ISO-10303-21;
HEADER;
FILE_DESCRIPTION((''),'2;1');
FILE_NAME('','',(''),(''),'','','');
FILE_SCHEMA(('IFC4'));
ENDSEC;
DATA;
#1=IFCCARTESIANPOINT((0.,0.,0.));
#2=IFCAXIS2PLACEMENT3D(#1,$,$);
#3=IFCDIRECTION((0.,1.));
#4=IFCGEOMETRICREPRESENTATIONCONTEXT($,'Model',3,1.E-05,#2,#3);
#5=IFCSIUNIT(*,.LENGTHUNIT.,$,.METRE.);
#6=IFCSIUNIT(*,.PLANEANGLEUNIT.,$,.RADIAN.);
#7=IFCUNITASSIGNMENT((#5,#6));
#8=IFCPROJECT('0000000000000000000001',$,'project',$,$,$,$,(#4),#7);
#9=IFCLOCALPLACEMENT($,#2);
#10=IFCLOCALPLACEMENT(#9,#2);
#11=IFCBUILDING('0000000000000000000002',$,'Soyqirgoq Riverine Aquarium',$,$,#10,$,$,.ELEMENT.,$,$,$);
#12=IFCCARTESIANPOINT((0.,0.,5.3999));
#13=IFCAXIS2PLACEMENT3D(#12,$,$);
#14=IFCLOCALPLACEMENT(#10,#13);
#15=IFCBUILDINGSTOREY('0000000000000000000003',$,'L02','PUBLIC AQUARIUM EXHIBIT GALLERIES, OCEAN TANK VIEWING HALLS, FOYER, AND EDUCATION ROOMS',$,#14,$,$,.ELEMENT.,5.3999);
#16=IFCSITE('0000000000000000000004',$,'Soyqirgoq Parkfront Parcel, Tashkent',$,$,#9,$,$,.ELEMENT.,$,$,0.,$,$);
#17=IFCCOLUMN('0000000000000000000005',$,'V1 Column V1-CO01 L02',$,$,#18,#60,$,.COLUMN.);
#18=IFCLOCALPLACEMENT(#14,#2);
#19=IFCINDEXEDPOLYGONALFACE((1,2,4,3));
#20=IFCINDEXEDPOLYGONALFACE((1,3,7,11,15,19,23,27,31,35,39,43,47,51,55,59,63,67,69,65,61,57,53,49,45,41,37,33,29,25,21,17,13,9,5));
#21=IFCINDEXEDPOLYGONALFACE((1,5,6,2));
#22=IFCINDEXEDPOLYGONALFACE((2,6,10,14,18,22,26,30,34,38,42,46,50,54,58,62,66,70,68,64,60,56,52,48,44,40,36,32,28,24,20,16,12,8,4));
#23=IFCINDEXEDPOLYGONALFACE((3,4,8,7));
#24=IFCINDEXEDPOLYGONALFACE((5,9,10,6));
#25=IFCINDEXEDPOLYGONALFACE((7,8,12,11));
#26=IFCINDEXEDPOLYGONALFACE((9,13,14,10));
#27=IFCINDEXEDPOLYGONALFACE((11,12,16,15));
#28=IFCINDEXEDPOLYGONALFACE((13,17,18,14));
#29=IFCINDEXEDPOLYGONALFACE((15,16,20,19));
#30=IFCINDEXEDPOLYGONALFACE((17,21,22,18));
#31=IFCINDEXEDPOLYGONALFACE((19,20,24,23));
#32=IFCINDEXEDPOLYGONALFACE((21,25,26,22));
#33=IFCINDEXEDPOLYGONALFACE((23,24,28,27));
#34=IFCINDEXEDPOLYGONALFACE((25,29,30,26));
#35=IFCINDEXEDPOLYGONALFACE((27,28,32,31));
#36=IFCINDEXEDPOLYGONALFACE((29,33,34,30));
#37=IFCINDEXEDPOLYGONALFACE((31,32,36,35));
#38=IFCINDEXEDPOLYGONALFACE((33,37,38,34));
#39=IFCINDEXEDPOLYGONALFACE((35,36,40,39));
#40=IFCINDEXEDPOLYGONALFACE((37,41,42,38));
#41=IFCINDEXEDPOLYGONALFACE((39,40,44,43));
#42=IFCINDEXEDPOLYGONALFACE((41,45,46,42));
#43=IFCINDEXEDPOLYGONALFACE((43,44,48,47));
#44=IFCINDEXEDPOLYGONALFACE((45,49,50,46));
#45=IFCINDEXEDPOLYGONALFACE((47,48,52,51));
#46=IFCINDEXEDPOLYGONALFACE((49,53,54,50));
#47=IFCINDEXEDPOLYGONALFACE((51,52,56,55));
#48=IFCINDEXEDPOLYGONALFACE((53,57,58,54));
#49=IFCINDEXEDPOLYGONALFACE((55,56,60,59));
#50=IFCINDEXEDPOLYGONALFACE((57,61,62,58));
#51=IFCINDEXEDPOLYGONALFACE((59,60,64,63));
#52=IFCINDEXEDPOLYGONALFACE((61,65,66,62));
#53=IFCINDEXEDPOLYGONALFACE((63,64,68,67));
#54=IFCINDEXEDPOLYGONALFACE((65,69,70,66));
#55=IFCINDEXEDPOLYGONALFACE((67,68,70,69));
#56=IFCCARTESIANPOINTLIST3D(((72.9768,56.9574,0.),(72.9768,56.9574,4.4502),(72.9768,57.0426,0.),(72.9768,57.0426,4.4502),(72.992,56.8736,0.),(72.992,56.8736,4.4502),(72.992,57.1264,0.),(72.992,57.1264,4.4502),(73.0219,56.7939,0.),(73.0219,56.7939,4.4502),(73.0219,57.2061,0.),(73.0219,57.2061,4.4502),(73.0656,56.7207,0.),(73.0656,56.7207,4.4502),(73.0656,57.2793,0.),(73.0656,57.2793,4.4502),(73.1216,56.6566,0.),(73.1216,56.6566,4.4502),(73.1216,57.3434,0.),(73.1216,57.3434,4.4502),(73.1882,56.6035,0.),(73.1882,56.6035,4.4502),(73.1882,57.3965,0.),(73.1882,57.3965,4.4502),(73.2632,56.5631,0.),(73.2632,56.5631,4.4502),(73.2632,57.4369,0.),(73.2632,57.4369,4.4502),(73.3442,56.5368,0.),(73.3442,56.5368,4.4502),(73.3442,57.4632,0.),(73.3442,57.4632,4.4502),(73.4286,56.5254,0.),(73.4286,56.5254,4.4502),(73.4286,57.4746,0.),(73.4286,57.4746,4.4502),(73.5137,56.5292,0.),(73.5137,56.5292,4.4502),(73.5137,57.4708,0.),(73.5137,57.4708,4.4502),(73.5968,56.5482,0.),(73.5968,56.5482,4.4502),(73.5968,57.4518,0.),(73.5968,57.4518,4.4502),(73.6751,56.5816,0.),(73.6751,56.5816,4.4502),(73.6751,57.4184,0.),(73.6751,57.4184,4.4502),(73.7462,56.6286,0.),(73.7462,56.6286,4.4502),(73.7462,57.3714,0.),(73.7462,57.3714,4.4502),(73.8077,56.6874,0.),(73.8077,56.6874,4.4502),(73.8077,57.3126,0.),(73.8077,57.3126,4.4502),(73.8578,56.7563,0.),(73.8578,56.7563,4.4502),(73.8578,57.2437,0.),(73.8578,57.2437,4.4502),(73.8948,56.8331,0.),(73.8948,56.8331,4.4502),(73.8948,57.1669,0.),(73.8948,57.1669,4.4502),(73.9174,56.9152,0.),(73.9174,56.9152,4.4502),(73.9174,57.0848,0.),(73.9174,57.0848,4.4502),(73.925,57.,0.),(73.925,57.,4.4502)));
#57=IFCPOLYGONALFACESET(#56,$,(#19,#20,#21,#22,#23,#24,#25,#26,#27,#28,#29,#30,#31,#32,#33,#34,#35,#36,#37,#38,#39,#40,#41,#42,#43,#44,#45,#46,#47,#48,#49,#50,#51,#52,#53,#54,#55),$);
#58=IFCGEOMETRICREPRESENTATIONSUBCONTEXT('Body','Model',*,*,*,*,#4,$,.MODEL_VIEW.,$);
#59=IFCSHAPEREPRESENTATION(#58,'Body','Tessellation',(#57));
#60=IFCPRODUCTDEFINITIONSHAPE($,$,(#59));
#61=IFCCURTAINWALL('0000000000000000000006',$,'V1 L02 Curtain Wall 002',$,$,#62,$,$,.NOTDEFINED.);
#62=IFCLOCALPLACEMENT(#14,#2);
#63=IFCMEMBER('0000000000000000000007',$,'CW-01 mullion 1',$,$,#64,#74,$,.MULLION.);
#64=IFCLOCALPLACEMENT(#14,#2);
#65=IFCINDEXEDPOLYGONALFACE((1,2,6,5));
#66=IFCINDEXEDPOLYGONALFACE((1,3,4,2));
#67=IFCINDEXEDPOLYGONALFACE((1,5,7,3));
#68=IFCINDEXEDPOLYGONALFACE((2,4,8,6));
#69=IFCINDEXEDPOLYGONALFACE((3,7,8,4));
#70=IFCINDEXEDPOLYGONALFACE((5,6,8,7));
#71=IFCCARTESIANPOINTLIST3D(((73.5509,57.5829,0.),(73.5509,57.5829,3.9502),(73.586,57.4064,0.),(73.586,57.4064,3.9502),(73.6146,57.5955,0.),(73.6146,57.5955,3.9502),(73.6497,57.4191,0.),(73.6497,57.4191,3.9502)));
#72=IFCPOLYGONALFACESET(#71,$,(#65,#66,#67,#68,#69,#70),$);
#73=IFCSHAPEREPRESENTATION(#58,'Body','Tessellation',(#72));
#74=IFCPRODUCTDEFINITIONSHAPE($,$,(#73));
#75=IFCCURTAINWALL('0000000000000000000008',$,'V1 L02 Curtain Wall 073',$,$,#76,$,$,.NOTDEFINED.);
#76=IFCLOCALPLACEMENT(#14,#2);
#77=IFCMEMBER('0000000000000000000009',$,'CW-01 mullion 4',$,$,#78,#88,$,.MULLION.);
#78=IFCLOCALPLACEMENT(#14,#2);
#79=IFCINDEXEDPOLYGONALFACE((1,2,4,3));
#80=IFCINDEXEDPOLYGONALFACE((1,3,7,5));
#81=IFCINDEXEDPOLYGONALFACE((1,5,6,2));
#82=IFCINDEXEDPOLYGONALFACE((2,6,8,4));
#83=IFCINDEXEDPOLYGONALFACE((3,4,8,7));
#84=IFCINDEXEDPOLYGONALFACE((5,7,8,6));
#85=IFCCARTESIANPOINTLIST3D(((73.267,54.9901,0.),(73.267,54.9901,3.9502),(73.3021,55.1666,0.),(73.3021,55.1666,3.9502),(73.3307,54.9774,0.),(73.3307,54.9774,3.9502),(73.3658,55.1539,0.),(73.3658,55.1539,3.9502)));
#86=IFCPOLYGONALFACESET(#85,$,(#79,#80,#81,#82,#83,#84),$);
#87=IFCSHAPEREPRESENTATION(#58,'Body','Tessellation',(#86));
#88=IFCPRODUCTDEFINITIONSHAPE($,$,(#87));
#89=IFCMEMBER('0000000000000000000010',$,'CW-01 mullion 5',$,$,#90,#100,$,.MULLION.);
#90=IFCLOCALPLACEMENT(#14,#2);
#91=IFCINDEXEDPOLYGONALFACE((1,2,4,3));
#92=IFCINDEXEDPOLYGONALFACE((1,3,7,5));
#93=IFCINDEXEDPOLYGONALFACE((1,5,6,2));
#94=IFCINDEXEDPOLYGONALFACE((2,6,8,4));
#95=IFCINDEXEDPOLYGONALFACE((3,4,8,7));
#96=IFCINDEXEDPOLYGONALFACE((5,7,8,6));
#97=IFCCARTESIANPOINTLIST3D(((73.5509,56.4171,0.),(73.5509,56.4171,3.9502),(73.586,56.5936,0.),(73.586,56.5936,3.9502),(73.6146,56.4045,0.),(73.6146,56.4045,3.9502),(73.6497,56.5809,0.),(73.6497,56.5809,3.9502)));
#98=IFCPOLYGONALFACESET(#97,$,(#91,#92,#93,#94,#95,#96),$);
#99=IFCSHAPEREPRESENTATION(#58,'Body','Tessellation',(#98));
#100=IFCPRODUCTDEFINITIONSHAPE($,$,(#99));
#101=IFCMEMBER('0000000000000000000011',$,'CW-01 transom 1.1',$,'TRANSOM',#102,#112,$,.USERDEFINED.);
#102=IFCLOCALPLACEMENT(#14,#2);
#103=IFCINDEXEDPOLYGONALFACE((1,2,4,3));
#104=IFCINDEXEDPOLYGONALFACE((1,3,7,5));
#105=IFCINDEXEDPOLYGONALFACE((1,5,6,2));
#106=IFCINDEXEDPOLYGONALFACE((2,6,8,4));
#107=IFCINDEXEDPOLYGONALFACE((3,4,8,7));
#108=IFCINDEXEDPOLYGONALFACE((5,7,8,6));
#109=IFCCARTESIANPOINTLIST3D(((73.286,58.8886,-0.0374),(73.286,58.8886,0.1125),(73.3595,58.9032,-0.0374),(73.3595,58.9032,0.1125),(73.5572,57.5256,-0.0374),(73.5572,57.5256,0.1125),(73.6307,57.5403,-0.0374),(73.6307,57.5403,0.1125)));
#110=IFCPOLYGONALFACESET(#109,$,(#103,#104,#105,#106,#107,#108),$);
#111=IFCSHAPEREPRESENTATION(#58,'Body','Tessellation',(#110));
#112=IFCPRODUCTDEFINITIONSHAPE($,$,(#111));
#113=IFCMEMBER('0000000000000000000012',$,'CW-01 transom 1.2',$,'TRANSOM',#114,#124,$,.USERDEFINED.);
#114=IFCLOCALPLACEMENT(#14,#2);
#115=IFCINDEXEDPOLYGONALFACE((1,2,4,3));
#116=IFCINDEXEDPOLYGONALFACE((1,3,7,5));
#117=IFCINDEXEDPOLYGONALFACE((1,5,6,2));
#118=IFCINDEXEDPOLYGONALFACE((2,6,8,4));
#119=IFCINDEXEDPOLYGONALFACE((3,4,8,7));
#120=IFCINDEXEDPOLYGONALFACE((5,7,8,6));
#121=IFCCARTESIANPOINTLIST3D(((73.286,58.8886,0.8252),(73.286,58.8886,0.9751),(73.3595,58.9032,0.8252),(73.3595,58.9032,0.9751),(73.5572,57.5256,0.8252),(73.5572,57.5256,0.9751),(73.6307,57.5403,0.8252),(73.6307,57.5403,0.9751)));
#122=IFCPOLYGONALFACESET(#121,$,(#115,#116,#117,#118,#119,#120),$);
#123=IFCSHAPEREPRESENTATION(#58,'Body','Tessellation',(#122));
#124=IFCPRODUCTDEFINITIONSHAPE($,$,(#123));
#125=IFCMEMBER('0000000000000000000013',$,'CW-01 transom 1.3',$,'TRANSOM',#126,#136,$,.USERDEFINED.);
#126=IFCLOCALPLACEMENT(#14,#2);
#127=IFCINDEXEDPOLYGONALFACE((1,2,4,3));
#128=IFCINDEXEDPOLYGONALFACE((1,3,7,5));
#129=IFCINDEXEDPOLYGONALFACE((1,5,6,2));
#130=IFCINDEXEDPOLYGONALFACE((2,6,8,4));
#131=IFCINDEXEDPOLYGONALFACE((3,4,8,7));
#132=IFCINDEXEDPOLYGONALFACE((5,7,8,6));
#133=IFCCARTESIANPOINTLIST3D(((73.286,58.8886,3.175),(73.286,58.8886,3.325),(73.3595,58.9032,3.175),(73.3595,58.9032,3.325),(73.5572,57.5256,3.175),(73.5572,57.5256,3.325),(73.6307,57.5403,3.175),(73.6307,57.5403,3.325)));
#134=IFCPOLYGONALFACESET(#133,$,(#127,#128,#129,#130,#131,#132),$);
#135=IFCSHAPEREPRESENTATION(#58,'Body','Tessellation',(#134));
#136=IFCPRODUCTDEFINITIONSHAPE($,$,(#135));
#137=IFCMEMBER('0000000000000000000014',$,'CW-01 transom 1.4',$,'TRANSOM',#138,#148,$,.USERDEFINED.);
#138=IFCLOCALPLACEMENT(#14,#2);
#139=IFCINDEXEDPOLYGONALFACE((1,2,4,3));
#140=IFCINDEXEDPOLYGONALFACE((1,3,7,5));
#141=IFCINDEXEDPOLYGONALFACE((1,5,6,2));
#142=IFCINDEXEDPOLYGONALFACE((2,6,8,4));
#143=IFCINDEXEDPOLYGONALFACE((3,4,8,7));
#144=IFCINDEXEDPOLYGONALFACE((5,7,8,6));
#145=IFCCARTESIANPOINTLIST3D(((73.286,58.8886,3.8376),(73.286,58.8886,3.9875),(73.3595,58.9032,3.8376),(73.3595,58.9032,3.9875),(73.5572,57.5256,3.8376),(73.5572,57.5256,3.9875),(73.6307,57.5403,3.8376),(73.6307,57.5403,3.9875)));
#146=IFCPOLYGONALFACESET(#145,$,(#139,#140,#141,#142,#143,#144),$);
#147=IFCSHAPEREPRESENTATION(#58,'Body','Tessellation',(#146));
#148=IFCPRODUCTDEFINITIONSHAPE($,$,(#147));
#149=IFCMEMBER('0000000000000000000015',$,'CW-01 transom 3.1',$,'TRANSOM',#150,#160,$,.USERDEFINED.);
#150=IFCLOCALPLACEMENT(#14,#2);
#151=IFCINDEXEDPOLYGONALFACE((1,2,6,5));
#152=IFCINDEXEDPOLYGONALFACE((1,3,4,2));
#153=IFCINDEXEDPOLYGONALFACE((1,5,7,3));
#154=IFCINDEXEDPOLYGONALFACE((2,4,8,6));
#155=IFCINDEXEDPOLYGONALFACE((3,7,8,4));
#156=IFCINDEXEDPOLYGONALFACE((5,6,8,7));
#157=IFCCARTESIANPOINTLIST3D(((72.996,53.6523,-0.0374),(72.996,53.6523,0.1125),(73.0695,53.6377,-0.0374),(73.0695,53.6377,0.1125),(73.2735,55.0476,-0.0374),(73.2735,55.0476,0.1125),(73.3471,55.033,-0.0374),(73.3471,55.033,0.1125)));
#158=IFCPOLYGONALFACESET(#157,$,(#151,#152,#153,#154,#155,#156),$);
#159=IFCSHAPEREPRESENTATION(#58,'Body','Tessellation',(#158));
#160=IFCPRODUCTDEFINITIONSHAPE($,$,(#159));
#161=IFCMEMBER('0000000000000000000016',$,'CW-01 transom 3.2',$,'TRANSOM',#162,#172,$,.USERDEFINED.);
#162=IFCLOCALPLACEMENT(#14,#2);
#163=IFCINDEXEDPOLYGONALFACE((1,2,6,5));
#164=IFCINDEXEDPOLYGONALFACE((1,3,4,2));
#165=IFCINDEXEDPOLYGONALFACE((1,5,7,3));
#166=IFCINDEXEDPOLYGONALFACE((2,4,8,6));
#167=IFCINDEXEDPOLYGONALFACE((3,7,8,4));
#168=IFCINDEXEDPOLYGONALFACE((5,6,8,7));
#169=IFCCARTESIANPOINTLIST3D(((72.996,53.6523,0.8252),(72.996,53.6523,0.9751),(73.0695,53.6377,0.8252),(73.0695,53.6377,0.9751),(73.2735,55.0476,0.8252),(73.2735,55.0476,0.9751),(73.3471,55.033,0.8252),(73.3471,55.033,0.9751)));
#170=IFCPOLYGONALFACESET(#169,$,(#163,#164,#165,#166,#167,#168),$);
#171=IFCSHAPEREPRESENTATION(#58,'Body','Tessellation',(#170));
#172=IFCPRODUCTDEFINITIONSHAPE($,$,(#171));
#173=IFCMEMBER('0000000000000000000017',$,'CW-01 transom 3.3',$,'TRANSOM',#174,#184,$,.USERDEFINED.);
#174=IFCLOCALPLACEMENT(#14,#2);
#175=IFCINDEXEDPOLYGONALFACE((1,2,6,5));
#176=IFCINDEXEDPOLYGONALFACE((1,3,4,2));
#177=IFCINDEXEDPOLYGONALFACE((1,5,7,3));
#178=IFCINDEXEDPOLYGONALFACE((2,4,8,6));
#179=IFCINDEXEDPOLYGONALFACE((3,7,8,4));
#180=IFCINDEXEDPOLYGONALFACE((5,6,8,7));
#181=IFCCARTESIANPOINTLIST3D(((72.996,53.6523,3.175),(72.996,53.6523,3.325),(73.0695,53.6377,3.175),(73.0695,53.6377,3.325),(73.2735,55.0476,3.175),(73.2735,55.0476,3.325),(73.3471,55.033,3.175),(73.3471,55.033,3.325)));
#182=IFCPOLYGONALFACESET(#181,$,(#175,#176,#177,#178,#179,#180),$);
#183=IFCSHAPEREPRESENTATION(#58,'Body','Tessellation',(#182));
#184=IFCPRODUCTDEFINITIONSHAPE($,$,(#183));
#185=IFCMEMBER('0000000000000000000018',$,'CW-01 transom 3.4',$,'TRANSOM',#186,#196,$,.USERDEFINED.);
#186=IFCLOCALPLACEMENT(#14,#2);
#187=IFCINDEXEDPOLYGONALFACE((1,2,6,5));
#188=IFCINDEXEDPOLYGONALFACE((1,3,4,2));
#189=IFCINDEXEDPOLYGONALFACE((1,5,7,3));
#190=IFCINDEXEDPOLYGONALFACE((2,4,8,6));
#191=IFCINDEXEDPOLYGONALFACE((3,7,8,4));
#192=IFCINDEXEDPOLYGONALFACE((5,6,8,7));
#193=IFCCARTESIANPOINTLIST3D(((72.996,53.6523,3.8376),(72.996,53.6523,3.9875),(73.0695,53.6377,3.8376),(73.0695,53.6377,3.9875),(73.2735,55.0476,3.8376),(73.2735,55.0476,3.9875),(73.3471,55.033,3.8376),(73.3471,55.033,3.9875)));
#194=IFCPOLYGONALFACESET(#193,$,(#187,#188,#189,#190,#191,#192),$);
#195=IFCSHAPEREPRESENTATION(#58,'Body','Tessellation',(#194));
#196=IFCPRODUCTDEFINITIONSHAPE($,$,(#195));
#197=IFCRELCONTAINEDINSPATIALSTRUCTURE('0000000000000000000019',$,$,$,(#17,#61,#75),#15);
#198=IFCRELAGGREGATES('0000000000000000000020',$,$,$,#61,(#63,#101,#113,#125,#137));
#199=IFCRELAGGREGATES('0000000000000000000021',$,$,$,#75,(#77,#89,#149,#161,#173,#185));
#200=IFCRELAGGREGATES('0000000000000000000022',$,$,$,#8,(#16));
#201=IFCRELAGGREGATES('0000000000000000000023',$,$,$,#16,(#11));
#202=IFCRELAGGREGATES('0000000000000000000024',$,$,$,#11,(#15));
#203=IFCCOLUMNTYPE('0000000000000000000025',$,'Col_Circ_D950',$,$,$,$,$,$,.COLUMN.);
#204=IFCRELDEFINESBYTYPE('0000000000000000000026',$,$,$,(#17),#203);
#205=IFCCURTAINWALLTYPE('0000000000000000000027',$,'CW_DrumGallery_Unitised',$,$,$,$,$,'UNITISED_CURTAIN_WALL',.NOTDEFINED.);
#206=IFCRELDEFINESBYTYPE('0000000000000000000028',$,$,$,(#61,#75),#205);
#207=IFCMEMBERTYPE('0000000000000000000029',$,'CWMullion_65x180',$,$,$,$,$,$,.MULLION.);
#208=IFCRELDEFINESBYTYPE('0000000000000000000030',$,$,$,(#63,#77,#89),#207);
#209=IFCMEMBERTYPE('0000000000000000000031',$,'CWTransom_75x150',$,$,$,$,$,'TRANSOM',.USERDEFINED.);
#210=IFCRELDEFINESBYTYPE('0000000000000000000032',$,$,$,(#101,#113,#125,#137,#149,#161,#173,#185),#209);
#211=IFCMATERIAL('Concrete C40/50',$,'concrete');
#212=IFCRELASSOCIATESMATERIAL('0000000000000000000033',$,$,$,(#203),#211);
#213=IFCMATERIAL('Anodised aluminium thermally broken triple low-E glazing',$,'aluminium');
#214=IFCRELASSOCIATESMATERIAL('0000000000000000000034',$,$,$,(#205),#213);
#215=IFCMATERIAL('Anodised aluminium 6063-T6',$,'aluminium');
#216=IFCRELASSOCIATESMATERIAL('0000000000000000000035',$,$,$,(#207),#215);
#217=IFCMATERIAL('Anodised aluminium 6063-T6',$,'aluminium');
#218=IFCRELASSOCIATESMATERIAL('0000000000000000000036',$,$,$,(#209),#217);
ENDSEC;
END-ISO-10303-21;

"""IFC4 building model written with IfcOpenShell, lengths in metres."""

from ifc_helpers import new_model, si_unit, direction, frame, origin, origin_2d, place, context, subcontext, project, spatial, rectangle, circle, extrude, material, material_profile, profile_set, type_object, element, aggregate, save


model = new_model("IFC4")

# Units and contexts
model_context = context("Model", 3, precision=1e-05, world=origin(), true_north=direction((0.0, 1.0)))
body_context = subcontext(model_context, "Body", "Model", "MODEL_VIEW")
ifc_project = project(units=[si_unit("LENGTHUNIT", "METRE"), si_unit("PLANEANGLEUNIT", "RADIAN")], contexts=[model_context])

# Site, building, storey
site_placement = place(None, origin())
site = spatial("IfcSite", under=ifc_project, at=site_placement, Name="Soyqirgoq Parkfront Parcel, Tashkent", CompositionType="ELEMENT", RefElevation=0.0)
building_placement = place(site_placement, origin())
building = spatial("IfcBuilding", under=site, at=building_placement, Name="Soyqirgoq Riverine Aquarium", CompositionType="ELEMENT")
storey_placement = place(building_placement, frame((0.0, 0.0, 5.3999)))
storey = spatial("IfcBuildingStorey", under=building, at=storey_placement, Name="L02", Description="PUBLIC AQUARIUM EXHIBIT GALLERIES, OCEAN TANK VIEWING HALLS, FOYER, AND EDUCATION ROOMS", CompositionType="ELEMENT", Elevation=5.3999)

# Column
ifc_material_1 = material(Name="Concrete C40/50", Category="concrete")
ifc_material_profile_1 = material_profile(ifc_material_1, circle(Radius=0.4751, at=origin_2d()), Name="RC-COL D950")
ifc_profile_set_1 = profile_set([ifc_material_profile_1], Name="Concrete C40/50")
column_type = type_object("IfcColumnType", Name="Col_Circ_D950", PredefinedType="COLUMN", material=ifc_profile_set_1)
column_placement = place(storey_placement, frame((73.45, 57.0, 0.0), z_axis=(0.0, 0.0, 1.0), x_axis=(1.0, 0.0, 0.0)))
element("IfcColumn", 1, at=column_placement, inside=storey, type_object=column_type, Name="V1 Column V1-CO01 L02", PredefinedType="COLUMN", context=body_context, shape_type="SweptSolid", body=[
    extrude(circle(Radius=0.4751, at=origin_2d()), origin(), (0.0, 0.0, 1.0), 4.4502),
])

# Curtain wall, member
ifc_material_2 = material(Name="Anodised aluminium thermally broken triple low-E glazing", Category="aluminium")
curtain_wall_type = type_object("IfcCurtainWallType", Name="CW_DrumGallery_Unitised", ElementType="UNITISED_CURTAIN_WALL", PredefinedType="NOTDEFINED", material=ifc_material_2)
curtain_wall_1_placement = place(storey_placement, origin())
curtain_wall_1 = element("IfcCurtainWall", 2, at=curtain_wall_1_placement, inside=storey, type_object=curtain_wall_type, Name="V1 L02 Curtain Wall 002", PredefinedType="NOTDEFINED")
ifc_material_3 = material(Name="Anodised aluminium 6063-T6", Category="aluminium")
ifc_material_profile_2 = material_profile(ifc_material_3, rectangle(XDim=0.0649, YDim=0.1799, at=origin_2d()), Name="ALU-M 65x180")
ifc_profile_set_2 = profile_set([ifc_material_profile_2], Name="Anodised aluminium 6063-T6")
member_type_1 = type_object("IfcMemberType", Name="CWMullion_65x180", PredefinedType="MULLION", material=ifc_profile_set_2)
member_1_placement = place(storey_placement, frame((73.6003, 57.501, 0.0), z_axis=(0.0, 0.0, 1.0), x_axis=(-0.980786, -0.195088, 0.0)))
member_1 = element("IfcMember", 3, at=member_1_placement, type_object=member_type_1, Name="CW-01 mullion 1", PredefinedType="MULLION", context=body_context, shape_type="SweptSolid", body=[
    extrude(rectangle(XDim=0.0649, YDim=0.1799, at=origin_2d()), origin(), (0.0, 0.0, 1.0), 3.9502),
])

# Curtain wall, members
curtain_wall_2_placement = place(storey_placement, origin())
curtain_wall_2 = element("IfcCurtainWall", 4, at=curtain_wall_2_placement, inside=storey, type_object=curtain_wall_type, Name="V1 L02 Curtain Wall 073", PredefinedType="NOTDEFINED")
member_2_placement = place(storey_placement, frame((73.3164, 55.072, 0.0), z_axis=(0.0, 0.0, 1.0), x_axis=(-0.980786, 0.195088, 0.0)))
member_2 = element("IfcMember", 5, at=member_2_placement, type_object=member_type_1, Name="CW-01 mullion 4", PredefinedType="MULLION", context=body_context, shape_type="SweptSolid", body=[
    extrude(rectangle(XDim=0.0649, YDim=0.1799, at=origin_2d()), origin(), (0.0, 0.0, 1.0), 3.9502),
])
member_3_placement = place(storey_placement, frame((73.6003, 56.499, 0.0), z_axis=(0.0, 0.0, 1.0), x_axis=(-0.980786, 0.195088, 0.0)))
member_3 = element("IfcMember", 6, at=member_3_placement, type_object=member_type_1, Name="CW-01 mullion 5", PredefinedType="MULLION", context=body_context, shape_type="SweptSolid", body=[
    extrude(rectangle(XDim=0.0649, YDim=0.1799, at=origin_2d()), origin(), (0.0, 0.0, 1.0), 3.9502),
])

# Members
ifc_material_4 = material(Name="Anodised aluminium 6063-T6", Category="aluminium")
ifc_material_profile_3 = material_profile(ifc_material_4, rectangle(XDim=0.075, YDim=0.1499, at=origin_2d()), Name="ALU-T 75x150")
ifc_profile_set_3 = profile_set([ifc_material_profile_3], Name="Anodised aluminium 6063-T6")
member_type_2 = type_object("IfcMemberType", Name="CWTransom_75x150", ElementType="TRANSOM", PredefinedType="USERDEFINED", material=ifc_profile_set_3)
member_4_placement = place(storey_placement, frame((73.594, 57.533, 0.0376), z_axis=(-0.19517, 0.980769, 0.0), x_axis=(-0.980769, -0.19517, 0.0)))
member_4 = element("IfcMember", 7, at=member_4_placement, type_object=member_type_2, Name="CW-01 transom 1.1", ObjectType="TRANSOM", PredefinedType="USERDEFINED", context=body_context, shape_type="SweptSolid", body=[
    extrude(rectangle(XDim=0.075, YDim=0.1499, at=origin_2d()), origin(), (0.0, 0.0, 1.0), 1.3896),
])
member_5_placement = place(storey_placement, frame((73.594, 57.533, 0.9001), z_axis=(-0.19517, 0.980769, 0.0), x_axis=(-0.980769, -0.19517, 0.0)))
member_5 = element("IfcMember", 8, at=member_5_placement, type_object=member_type_2, Name="CW-01 transom 1.2", ObjectType="TRANSOM", PredefinedType="USERDEFINED", context=body_context, shape_type="SweptSolid", body=[
    extrude(rectangle(XDim=0.075, YDim=0.1499, at=origin_2d()), origin(), (0.0, 0.0, 1.0), 1.3896),
])
member_6_placement = place(storey_placement, frame((73.594, 57.533, 3.25), z_axis=(-0.19517, 0.980769, 0.0), x_axis=(-0.980769, -0.19517, 0.0)))
member_6 = element("IfcMember", 9, at=member_6_placement, type_object=member_type_2, Name="CW-01 transom 1.3", ObjectType="TRANSOM", PredefinedType="USERDEFINED", context=body_context, shape_type="SweptSolid", body=[
    extrude(rectangle(XDim=0.075, YDim=0.1499, at=origin_2d()), origin(), (0.0, 0.0, 1.0), 1.3896),
])
member_7_placement = place(storey_placement, frame((73.594, 57.533, 3.9126), z_axis=(-0.19517, 0.980769, 0.0), x_axis=(-0.980769, -0.19517, 0.0)))
member_7 = element("IfcMember", 10, at=member_7_placement, type_object=member_type_2, Name="CW-01 transom 1.4", ObjectType="TRANSOM", PredefinedType="USERDEFINED", context=body_context, shape_type="SweptSolid", body=[
    extrude(rectangle(XDim=0.075, YDim=0.1499, at=origin_2d()), origin(), (0.0, 0.0, 1.0), 1.3896),
])
member_8_placement = place(storey_placement, frame((73.0327, 53.645, 0.0376), z_axis=(0.195126, 0.980778, 0.0), x_axis=(-0.980778, 0.195126, 0.0)))
member_8 = element("IfcMember", 11, at=member_8_placement, type_object=member_type_2, Name="CW-01 transom 3.1", ObjectType="TRANSOM", PredefinedType="USERDEFINED", context=body_context, shape_type="SweptSolid", body=[
    extrude(rectangle(XDim=0.075, YDim=0.1499, at=origin_2d()), origin(), (0.0, 0.0, 1.0), 1.4226),
])
member_9_placement = place(storey_placement, frame((73.0327, 53.645, 0.9001), z_axis=(0.195126, 0.980778, 0.0), x_axis=(-0.980778, 0.195126, 0.0)))
member_9 = element("IfcMember", 12, at=member_9_placement, type_object=member_type_2, Name="CW-01 transom 3.2", ObjectType="TRANSOM", PredefinedType="USERDEFINED", context=body_context, shape_type="SweptSolid", body=[
    extrude(rectangle(XDim=0.075, YDim=0.1499, at=origin_2d()), origin(), (0.0, 0.0, 1.0), 1.4226),
])
member_10_placement = place(storey_placement, frame((73.0327, 53.645, 3.25), z_axis=(0.195126, 0.980778, 0.0), x_axis=(-0.980778, 0.195126, 0.0)))
member_10 = element("IfcMember", 13, at=member_10_placement, type_object=member_type_2, Name="CW-01 transom 3.3", ObjectType="TRANSOM", PredefinedType="USERDEFINED", context=body_context, shape_type="SweptSolid", body=[
    extrude(rectangle(XDim=0.075, YDim=0.1499, at=origin_2d()), origin(), (0.0, 0.0, 1.0), 1.4226),
])
member_11_placement = place(storey_placement, frame((73.0327, 53.645, 3.9126), z_axis=(0.195126, 0.980778, 0.0), x_axis=(-0.980778, 0.195126, 0.0)))
member_11 = element("IfcMember", 14, at=member_11_placement, type_object=member_type_2, Name="CW-01 transom 3.4", ObjectType="TRANSOM", PredefinedType="USERDEFINED", context=body_context, shape_type="SweptSolid", body=[
    extrude(rectangle(XDim=0.075, YDim=0.1499, at=origin_2d()), origin(), (0.0, 0.0, 1.0), 1.4226),
])

aggregate(curtain_wall_1, [member_1, member_4, member_5, member_6, member_7])
aggregate(curtain_wall_2, [member_2, member_3, member_8, member_9, member_10, member_11])

save(model, "model.ifc")
